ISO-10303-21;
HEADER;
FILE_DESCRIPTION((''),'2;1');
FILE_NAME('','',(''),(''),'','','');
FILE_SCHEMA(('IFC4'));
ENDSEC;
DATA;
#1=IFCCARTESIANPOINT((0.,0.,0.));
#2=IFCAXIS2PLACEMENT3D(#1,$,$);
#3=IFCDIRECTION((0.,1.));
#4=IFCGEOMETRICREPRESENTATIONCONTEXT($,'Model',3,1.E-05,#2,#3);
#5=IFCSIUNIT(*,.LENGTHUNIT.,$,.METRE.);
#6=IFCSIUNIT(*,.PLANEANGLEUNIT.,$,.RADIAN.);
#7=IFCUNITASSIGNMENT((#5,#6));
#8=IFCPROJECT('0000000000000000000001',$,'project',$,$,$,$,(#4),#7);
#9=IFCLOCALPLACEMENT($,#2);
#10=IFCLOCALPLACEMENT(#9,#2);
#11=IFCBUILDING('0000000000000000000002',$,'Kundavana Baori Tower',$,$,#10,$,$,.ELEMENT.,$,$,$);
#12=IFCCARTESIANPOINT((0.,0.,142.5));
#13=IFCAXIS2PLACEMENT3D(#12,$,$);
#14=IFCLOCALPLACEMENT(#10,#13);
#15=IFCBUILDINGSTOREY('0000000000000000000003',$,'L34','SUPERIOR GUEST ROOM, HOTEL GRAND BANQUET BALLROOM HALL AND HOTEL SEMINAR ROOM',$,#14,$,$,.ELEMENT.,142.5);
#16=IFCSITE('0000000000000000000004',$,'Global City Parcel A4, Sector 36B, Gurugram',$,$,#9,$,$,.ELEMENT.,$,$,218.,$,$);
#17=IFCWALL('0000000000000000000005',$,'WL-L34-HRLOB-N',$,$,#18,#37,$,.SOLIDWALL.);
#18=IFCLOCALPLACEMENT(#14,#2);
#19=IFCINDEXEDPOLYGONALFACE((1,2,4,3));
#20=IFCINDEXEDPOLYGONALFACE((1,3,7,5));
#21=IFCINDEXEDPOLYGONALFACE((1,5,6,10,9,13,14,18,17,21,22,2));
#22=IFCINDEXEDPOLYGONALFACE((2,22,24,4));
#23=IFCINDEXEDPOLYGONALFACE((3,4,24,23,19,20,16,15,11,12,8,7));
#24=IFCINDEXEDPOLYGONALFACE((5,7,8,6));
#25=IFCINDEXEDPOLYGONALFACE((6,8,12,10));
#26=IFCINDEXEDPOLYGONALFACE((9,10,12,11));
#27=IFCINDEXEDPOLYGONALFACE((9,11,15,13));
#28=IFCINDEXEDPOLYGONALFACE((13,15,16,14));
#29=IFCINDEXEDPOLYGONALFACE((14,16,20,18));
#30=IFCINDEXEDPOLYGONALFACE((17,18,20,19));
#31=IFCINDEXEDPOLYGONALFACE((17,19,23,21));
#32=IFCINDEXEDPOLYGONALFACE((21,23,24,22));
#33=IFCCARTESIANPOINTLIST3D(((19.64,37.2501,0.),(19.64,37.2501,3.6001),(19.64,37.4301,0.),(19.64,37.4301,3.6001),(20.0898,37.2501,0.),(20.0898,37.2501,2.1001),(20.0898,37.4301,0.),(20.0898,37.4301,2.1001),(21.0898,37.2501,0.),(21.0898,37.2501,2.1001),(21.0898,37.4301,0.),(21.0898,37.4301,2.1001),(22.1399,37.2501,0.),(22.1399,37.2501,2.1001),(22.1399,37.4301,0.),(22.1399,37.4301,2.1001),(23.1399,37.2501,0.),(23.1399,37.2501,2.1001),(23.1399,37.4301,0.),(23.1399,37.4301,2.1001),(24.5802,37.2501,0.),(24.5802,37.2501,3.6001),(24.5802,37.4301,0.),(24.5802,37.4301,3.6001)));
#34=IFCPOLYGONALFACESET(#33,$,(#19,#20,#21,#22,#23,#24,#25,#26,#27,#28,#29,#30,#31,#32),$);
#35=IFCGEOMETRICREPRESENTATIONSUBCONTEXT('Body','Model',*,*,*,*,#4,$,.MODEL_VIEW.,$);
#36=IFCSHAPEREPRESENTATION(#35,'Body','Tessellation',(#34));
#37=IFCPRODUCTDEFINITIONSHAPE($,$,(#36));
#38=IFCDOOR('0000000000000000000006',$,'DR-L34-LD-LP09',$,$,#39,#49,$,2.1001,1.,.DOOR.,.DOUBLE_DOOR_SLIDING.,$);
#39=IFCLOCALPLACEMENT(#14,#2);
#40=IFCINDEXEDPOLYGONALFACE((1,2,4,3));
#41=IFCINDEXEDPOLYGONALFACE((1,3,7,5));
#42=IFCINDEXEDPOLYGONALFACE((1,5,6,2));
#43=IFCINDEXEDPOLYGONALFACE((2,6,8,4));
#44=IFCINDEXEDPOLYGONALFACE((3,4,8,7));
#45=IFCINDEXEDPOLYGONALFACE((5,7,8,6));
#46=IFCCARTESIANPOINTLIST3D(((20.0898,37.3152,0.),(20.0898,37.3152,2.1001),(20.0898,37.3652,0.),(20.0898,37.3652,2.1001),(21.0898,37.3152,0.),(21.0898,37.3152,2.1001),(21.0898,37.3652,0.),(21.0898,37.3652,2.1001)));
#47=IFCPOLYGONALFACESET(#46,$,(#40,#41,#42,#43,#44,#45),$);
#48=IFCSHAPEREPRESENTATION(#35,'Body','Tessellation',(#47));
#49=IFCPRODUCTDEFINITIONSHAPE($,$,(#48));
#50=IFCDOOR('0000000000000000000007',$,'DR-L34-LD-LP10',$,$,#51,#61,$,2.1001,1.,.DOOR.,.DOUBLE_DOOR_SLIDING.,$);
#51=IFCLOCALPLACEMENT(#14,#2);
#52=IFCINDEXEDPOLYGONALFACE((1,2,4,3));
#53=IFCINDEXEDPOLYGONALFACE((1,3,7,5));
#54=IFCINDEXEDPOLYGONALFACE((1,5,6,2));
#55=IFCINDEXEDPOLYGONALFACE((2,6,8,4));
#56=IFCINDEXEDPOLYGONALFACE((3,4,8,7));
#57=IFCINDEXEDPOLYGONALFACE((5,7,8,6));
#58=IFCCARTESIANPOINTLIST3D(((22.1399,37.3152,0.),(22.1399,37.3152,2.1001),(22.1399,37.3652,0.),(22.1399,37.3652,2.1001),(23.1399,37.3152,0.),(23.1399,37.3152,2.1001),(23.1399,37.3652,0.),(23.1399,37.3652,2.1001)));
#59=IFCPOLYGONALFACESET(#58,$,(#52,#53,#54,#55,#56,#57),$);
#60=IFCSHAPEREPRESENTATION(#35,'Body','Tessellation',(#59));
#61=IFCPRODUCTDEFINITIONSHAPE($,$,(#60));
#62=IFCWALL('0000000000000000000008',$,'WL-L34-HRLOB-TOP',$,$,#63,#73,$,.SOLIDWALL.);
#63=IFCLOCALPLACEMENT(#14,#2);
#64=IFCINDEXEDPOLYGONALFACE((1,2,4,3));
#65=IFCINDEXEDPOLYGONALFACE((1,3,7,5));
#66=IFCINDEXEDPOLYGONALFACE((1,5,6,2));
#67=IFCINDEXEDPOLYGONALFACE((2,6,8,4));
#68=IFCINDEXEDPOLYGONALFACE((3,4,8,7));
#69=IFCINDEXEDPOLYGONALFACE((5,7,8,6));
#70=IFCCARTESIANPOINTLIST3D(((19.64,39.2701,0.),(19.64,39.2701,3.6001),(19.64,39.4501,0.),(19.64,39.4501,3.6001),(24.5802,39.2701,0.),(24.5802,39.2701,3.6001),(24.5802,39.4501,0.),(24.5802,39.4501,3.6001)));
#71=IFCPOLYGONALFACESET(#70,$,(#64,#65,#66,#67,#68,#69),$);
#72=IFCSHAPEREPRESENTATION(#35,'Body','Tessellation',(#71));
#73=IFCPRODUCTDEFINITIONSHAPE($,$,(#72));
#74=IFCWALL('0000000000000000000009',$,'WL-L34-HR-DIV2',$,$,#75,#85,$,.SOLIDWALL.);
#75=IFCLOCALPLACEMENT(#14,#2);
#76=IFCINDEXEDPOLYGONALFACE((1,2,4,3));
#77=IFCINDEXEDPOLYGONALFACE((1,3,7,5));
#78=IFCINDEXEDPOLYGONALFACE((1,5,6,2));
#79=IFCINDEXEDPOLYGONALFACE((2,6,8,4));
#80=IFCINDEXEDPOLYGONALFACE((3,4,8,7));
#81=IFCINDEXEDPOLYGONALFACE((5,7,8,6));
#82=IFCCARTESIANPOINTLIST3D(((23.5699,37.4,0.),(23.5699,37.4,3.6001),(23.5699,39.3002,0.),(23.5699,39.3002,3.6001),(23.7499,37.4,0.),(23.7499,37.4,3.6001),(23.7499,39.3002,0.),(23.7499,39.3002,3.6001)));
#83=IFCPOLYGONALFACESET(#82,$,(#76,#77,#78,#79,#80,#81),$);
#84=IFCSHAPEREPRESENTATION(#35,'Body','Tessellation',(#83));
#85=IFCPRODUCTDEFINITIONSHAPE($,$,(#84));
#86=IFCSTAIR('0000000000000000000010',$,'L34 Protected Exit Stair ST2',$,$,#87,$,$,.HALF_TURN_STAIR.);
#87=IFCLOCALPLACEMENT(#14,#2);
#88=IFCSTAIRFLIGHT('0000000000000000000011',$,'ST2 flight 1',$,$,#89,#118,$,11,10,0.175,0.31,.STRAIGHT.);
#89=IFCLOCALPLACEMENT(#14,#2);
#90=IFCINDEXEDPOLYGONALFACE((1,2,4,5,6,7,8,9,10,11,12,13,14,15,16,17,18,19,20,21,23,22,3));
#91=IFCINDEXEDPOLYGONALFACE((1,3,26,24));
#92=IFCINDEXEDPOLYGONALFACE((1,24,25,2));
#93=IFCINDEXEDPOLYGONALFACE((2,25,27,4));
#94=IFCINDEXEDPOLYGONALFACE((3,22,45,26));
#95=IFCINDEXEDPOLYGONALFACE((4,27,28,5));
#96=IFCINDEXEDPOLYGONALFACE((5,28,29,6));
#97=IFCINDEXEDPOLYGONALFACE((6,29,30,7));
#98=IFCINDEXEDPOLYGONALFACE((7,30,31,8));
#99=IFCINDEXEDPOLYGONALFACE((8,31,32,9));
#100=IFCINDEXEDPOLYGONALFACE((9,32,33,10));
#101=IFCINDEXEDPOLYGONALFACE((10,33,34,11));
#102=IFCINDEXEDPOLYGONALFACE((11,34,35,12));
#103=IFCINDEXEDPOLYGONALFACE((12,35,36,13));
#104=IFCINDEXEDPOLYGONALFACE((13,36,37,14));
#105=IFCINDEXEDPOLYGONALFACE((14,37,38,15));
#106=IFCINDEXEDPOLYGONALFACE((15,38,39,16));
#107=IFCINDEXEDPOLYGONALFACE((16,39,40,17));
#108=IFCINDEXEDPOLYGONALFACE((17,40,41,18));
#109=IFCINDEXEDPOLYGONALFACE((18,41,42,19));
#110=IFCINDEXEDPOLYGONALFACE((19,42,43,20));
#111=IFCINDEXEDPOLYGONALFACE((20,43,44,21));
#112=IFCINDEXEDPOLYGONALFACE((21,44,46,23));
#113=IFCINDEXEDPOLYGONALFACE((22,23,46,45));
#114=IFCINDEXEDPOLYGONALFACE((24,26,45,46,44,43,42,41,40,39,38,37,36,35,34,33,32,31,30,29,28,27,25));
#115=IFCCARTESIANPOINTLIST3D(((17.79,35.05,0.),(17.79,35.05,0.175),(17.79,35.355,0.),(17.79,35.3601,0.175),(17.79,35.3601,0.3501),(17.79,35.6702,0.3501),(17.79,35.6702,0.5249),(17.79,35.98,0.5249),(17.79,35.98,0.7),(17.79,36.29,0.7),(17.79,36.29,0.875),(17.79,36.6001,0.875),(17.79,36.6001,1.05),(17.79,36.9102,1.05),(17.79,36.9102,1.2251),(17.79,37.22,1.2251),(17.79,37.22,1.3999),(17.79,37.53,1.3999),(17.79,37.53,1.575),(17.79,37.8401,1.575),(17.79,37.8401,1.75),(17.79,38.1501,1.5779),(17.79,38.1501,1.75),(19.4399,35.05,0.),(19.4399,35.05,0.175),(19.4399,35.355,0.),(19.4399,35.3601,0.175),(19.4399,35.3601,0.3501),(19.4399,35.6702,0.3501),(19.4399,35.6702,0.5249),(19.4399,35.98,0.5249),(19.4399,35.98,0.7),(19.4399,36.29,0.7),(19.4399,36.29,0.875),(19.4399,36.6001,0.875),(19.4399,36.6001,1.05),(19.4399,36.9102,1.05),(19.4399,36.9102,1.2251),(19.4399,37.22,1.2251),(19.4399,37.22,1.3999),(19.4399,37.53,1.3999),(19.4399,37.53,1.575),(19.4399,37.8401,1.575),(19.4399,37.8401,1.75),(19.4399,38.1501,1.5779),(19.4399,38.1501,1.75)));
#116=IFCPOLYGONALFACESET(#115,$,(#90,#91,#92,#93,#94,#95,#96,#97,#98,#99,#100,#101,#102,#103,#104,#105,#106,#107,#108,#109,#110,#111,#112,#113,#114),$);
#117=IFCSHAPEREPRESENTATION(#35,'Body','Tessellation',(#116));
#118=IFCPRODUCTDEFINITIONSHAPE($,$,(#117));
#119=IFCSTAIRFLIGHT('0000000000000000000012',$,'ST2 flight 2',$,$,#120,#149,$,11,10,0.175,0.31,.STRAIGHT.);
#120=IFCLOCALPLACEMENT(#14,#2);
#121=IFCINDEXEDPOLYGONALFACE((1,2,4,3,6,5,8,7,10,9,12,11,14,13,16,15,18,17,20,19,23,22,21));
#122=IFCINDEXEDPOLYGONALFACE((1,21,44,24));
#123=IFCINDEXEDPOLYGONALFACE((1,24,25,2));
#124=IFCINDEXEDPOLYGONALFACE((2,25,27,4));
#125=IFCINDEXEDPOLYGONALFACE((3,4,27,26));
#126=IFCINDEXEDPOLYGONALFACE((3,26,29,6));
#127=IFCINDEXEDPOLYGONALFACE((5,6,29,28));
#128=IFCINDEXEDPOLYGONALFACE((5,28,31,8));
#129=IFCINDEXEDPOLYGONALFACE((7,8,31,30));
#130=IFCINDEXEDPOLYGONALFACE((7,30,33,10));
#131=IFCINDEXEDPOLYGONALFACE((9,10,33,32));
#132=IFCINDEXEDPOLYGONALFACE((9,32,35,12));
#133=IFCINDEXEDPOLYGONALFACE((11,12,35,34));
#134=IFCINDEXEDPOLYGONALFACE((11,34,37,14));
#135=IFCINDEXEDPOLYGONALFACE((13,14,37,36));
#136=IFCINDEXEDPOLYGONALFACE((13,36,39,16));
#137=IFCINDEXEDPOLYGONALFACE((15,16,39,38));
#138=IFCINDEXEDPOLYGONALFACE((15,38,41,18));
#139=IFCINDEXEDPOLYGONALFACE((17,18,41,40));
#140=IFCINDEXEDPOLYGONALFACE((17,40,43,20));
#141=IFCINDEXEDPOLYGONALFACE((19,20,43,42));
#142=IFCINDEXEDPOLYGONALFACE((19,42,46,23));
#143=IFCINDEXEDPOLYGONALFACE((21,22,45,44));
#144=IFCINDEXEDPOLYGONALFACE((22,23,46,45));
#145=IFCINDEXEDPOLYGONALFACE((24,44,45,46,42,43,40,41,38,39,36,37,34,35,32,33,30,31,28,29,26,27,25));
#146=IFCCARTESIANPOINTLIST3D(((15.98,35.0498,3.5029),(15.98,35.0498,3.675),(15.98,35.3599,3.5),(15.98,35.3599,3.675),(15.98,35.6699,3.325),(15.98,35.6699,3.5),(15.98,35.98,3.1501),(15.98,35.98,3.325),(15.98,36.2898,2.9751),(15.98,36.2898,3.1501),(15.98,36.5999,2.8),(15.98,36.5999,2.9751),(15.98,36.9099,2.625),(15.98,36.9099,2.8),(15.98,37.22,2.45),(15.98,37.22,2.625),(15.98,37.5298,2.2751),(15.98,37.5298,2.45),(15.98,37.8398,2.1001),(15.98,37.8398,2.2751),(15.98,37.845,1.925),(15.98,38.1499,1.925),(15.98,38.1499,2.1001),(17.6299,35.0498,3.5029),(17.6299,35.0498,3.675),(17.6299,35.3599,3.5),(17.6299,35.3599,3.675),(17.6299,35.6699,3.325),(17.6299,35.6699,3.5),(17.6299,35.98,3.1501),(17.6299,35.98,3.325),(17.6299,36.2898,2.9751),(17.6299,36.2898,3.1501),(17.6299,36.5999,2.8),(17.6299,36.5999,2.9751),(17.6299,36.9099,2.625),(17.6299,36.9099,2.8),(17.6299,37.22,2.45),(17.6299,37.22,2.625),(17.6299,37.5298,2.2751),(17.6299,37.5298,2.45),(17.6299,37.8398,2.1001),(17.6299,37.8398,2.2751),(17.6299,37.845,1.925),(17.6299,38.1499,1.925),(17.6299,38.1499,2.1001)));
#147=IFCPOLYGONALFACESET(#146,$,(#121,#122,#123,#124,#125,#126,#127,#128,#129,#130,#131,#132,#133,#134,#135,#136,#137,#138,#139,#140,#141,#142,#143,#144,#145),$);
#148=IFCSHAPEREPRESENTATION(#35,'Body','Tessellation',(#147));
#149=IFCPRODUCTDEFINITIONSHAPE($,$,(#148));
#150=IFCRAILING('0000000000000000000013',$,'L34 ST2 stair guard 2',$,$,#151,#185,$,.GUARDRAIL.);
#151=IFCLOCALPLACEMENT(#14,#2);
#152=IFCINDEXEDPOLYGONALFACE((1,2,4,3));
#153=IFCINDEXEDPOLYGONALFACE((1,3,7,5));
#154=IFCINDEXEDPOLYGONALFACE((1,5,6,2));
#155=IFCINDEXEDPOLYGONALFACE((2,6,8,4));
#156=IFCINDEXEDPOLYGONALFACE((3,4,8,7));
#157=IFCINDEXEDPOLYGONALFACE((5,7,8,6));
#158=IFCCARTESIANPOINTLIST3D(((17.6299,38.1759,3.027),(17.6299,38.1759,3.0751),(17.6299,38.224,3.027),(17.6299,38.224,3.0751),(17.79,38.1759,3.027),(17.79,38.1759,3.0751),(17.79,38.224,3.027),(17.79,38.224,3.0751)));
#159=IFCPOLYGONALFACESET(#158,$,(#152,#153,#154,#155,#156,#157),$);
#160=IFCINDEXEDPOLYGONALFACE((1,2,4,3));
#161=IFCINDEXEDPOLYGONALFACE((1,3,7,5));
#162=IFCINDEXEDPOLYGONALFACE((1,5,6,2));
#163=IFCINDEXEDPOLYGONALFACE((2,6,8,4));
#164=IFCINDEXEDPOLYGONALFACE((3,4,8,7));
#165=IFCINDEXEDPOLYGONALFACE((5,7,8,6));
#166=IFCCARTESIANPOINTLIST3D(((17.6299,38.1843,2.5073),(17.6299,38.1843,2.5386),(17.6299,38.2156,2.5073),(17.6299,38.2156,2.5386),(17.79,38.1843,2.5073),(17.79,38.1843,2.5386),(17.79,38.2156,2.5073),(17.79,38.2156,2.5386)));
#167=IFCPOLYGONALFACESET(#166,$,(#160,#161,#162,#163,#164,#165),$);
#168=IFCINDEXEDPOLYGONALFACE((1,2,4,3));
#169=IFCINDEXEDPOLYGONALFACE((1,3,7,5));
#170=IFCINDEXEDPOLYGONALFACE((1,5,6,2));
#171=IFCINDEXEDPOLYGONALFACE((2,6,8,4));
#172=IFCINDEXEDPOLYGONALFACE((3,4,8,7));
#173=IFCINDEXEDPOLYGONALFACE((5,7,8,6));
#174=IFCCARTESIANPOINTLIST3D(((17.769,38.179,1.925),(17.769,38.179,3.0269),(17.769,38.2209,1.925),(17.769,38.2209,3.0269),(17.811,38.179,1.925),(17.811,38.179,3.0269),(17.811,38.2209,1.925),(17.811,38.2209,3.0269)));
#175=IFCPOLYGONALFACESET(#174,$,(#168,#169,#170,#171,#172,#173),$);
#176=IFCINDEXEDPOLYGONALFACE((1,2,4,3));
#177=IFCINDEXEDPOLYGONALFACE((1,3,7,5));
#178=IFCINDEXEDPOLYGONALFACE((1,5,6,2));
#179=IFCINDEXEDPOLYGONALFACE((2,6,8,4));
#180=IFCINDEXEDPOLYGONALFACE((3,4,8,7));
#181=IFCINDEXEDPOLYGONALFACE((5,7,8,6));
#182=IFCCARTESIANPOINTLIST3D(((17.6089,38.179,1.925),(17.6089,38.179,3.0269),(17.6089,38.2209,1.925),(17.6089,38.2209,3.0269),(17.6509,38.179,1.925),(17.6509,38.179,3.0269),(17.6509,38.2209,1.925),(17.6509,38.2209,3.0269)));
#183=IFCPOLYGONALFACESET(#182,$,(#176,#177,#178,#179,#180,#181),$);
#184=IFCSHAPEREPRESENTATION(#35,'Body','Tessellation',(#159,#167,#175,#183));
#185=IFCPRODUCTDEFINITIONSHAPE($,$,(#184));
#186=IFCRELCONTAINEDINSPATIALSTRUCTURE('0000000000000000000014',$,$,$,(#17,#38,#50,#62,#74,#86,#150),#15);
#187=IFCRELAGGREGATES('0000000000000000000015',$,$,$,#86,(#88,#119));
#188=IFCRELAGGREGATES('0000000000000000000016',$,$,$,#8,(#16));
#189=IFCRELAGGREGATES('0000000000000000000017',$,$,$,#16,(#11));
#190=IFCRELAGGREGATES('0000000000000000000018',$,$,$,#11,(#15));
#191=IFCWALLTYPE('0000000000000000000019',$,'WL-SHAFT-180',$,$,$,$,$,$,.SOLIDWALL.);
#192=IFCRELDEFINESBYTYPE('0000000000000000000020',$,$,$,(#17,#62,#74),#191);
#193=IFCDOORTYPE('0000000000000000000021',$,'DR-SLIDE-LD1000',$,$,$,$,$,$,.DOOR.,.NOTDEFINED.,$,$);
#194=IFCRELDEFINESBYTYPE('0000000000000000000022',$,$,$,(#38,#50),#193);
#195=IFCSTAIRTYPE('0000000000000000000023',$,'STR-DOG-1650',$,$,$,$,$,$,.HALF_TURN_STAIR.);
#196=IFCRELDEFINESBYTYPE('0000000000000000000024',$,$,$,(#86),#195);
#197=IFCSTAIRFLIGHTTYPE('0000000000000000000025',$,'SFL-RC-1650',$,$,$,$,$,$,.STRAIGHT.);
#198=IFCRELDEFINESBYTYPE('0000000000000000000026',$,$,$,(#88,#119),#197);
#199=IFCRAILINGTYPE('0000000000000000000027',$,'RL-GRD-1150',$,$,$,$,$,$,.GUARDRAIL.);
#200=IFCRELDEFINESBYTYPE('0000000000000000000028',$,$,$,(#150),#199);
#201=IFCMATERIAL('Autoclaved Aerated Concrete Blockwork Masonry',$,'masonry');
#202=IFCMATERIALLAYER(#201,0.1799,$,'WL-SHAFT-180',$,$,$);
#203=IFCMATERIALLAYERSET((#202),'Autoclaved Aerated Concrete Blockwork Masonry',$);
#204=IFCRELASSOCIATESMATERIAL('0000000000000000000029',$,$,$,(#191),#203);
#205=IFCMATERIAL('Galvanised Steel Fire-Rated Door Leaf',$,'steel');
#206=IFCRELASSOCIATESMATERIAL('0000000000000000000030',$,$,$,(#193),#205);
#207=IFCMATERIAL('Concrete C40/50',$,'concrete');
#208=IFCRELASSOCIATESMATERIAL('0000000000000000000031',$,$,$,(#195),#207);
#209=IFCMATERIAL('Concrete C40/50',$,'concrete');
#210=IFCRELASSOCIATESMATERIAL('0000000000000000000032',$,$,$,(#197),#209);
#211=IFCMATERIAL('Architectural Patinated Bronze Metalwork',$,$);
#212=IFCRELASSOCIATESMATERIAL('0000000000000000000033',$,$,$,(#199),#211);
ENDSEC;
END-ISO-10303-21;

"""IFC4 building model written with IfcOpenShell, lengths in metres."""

from ifc_helpers import new_model, si_unit, direction, frame, frame_2d, origin, origin_2d, place, context, subcontext, project, spatial, polyline, rectangle, outline, extrude, material, layer, layer_set, type_object, element, fill, aggregate, save


model = new_model("IFC4")

# Units and contexts
model_context = context("Model", 3, precision=1e-05, world=origin(), true_north=direction((0.0, 1.0)))
body_context = subcontext(model_context, "Body", "Model", "MODEL_VIEW")
ifc_project = project(units=[si_unit("LENGTHUNIT", "METRE"), si_unit("PLANEANGLEUNIT", "RADIAN")], contexts=[model_context])

# Site, building, storey
site_placement = place(None, origin())
site = spatial("IfcSite", under=ifc_project, at=site_placement, Name="Global City Parcel A4, Sector 36B, Gurugram", CompositionType="ELEMENT", RefElevation=218.0)
building_placement = place(site_placement, origin())
building = spatial("IfcBuilding", under=site, at=building_placement, Name="Kundavana Baori Tower", CompositionType="ELEMENT")
storey_placement = place(building_placement, frame((0.0, 0.0, 142.5)))
storey = spatial("IfcBuildingStorey", under=building, at=storey_placement, Name="L34", Description="SUPERIOR GUEST ROOM, HOTEL GRAND BANQUET BALLROOM HALL AND HOTEL SEMINAR ROOM", CompositionType="ELEMENT", Elevation=142.5)

# Shared definitions
ifc_material_1 = material(Name="Autoclaved Aerated Concrete Blockwork Masonry", Category="masonry")
ifc_layer_1 = layer(ifc_material_1, 0.1799, Name="WL-SHAFT-180")
ifc_layer_set_1 = layer_set([ifc_layer_1], Name="Autoclaved Aerated Concrete Blockwork Masonry")
wall_type_1 = type_object("IfcWallType", Name="WL-SHAFT-180", PredefinedType="SOLIDWALL", material=ifc_layer_set_1)
ifc_material_2 = material(Name="Galvanised Steel Fire-Rated Door Leaf", Category="steel")
door_type_1 = type_object("IfcDoorType", Name="DR-SLIDE-LD1000", OperationType="NOTDEFINED", PredefinedType="DOOR", material=ifc_material_2)

# Wall, openings, doors
wall_1_placement = place(storey_placement, frame((19.6399, 37.3401, 0.0), z_axis=(0.0, 0.0, 1.0), x_axis=(1.0, 0.0, 0.0)))
wall_1 = element("IfcWall", 1, at=wall_1_placement, inside=storey, type_object=wall_type_1, Name="WL-L34-HRLOB-N", PredefinedType="SOLIDWALL", context=body_context, shape_type="SweptSolid", body=[
    extrude(rectangle(XDim=4.9402, YDim=0.1799, at=frame_2d((2.4702, 0.0))), origin(), (0.0, 0.0, 1.0), 3.6001),
])
opening_1_placement = place(wall_1_placement, frame((0.45, 0.0, 0.0)))
opening_1 = element("IfcOpeningElement", 2, at=opening_1_placement, cuts=wall_1, PredefinedType="OPENING", context=body_context, shape_type="SweptSolid", body=[
    extrude(rectangle(XDim=1.0, YDim=2.1001, at=frame_2d((0.5, 1.05))), frame((0.0, 0.1001, 0.0), z_axis=(0.0, -1.0, 0.0), x_axis=(1.0, 0.0, 0.0)), (0.0, 0.0, 1.0), 0.2),
])
opening_2_placement = place(wall_1_placement, frame((2.5, 0.0, 0.0)))
opening_2 = element("IfcOpeningElement", 3, at=opening_2_placement, cuts=wall_1, PredefinedType="OPENING", context=body_context, shape_type="SweptSolid", body=[
    extrude(rectangle(XDim=1.0, YDim=2.1001, at=frame_2d((0.5, 1.05))), frame((0.0, 0.1001, 0.0), z_axis=(0.0, -1.0, 0.0), x_axis=(1.0, 0.0, 0.0)), (0.0, 0.0, 1.0), 0.2),
])
door_1_placement = place(opening_1_placement, frame((1.0, 0.0, 0.0), z_axis=(0.0, 0.0, 1.0), x_axis=(-1.0, 0.0, 0.0)))
door_1 = element("IfcDoor", 4, at=door_1_placement, inside=storey, type_object=door_type_1, Name="DR-L34-LD-LP09", OperationType="DOUBLE_DOOR_SLIDING", OverallHeight=2.1001, OverallWidth=1.0, PredefinedType="DOOR", context=body_context, shape_type="SweptSolid", body=[
    extrude(rectangle(XDim=1.0, YDim=2.1001, at=frame_2d((0.5, 1.05))), frame((0.0, 0.0249, 0.0), z_axis=(0.0, -1.0, 0.0), x_axis=(1.0, 0.0, 0.0)), (0.0, 0.0, 1.0), 0.05),
])
fill(opening_1, door_1)
door_2_placement = place(opening_2_placement, frame((1.0, 0.0, 0.0), z_axis=(0.0, 0.0, 1.0), x_axis=(-1.0, 0.0, 0.0)))
door_2 = element("IfcDoor", 5, at=door_2_placement, inside=storey, type_object=door_type_1, Name="DR-L34-LD-LP10", OperationType="DOUBLE_DOOR_SLIDING", OverallHeight=2.1001, OverallWidth=1.0, PredefinedType="DOOR", context=body_context, shape_type="SweptSolid", body=[
    extrude(rectangle(XDim=1.0, YDim=2.1001, at=frame_2d((0.5, 1.05))), frame((0.0, 0.0249, 0.0), z_axis=(0.0, -1.0, 0.0), x_axis=(1.0, 0.0, 0.0)), (0.0, 0.0, 1.0), 0.05),
])
fill(opening_2, door_2)

# Walls
wall_2_placement = place(storey_placement, frame((19.6399, 39.3601, 0.0), z_axis=(0.0, 0.0, 1.0), x_axis=(1.0, 0.0, 0.0)))
element("IfcWall", 6, at=wall_2_placement, inside=storey, type_object=wall_type_1, Name="WL-L34-HRLOB-TOP", PredefinedType="SOLIDWALL", context=body_context, shape_type="SweptSolid", body=[
    extrude(rectangle(XDim=4.9402, YDim=0.1799, at=frame_2d((2.4702, 0.0))), origin(), (0.0, 0.0, 1.0), 3.6001),
])
wall_3_placement = place(storey_placement, frame((23.6599, 37.3999, 0.0), z_axis=(0.0, 0.0, 1.0), x_axis=(0.0, 1.0, 0.0)))
element("IfcWall", 7, at=wall_3_placement, inside=storey, type_object=wall_type_1, Name="WL-L34-HR-DIV2", PredefinedType="SOLIDWALL", context=body_context, shape_type="SweptSolid", body=[
    extrude(rectangle(XDim=1.9001, YDim=0.1799, at=frame_2d((0.9502, 0.0))), origin(), (0.0, 0.0, 1.0), 3.6001),
])

# Stair, stair flights
ifc_material_3 = material(Name="Concrete C40/50", Category="concrete")
stair_type = type_object("IfcStairType", Name="STR-DOG-1650", PredefinedType="HALF_TURN_STAIR", material=ifc_material_3)
stair_placement = place(storey_placement, origin())
stair = element("IfcStair", 8, at=stair_placement, inside=storey, type_object=stair_type, Name="L34 Protected Exit Stair ST2", PredefinedType="HALF_TURN_STAIR")
ifc_material_4 = material(Name="Concrete C40/50", Category="concrete")
stair_flight_type = type_object("IfcStairFlightType", Name="SFL-RC-1650", PredefinedType="STRAIGHT", material=ifc_material_4)
stair_flight_1_placement = place(storey_placement, frame((18.615, 35.05, 0.0), z_axis=(0.0, 0.0, 1.0), x_axis=(0.0, 1.0, 0.0)))
stair_flight_1 = element("IfcStairFlight", 9, at=stair_flight_1_placement, type_object=stair_flight_type, Name="ST2 flight 1", NumberOfRisers=11, NumberOfTreads=10, PredefinedType="STRAIGHT", RiserHeight=0.175, TreadLength=0.31, context=body_context, shape_type="SweptSolid", body=[
    extrude(outline(polyline([(0.0, 0.0), (0.0, 0.175), (0.3101, 0.175), (0.3101, 0.3501), (0.6201, 0.3501), (0.6201, 0.5249), (0.9299, 0.5249), (0.9299, 0.7), (1.24, 0.7), (1.24, 0.875), (1.55, 0.875), (1.55, 1.05), (1.8601, 1.05), (1.8601, 1.2251), (2.1699, 1.2251), (2.1699, 1.3999), (2.48, 1.3999), (2.48, 1.575), (2.79, 1.575), (2.79, 1.75), (3.1001, 1.75), (3.1001, 1.925), (3.1001, 1.5779), (0.3049, 0.0), (0.0, 0.0)])), frame((0.0, 0.825, 0.0), z_axis=(0.0, -1.0, 0.0), x_axis=(1.0, 0.0, 0.0)), (0.0, 0.0, 1.0), 1.6499),
])
stair_flight_2_placement = place(storey_placement, frame((16.8049, 38.1499, 1.925), z_axis=(0.0, 0.0, 1.0), x_axis=(0.0, -1.0, 0.0)))
stair_flight_2 = element("IfcStairFlight", 10, at=stair_flight_2_placement, type_object=stair_flight_type, Name="ST2 flight 2", NumberOfRisers=11, NumberOfTreads=10, PredefinedType="STRAIGHT", RiserHeight=0.175, TreadLength=0.31, context=body_context, shape_type="SweptSolid", body=[
    extrude(outline(polyline([(0.0, 0.0), (0.0, 0.175), (0.3101, 0.175), (0.3101, 0.3501), (0.6201, 0.3501), (0.6201, 0.5249), (0.9299, 0.5249), (0.9299, 0.7), (1.24, 0.7), (1.24, 0.875), (1.55, 0.875), (1.55, 1.05), (1.8601, 1.05), (1.8601, 1.2251), (2.1699, 1.2251), (2.1699, 1.3999), (2.48, 1.3999), (2.48, 1.575), (2.79, 1.575), (2.79, 1.75), (3.1001, 1.75), (3.1001, 1.925), (3.1001, 1.5779), (0.3049, 0.0), (0.0, 0.0)])), frame((0.0, 0.825, 0.0), z_axis=(0.0, -1.0, 0.0), x_axis=(1.0, 0.0, 0.0)), (0.0, 0.0, 1.0), 1.6499),
])
aggregate(stair, [stair_flight_1, stair_flight_2])

# Railing
ifc_material_5 = material(Name="Architectural Patinated Bronze Metalwork")
railing_type_1 = type_object("IfcRailingType", Name="RL-GRD-1150", PredefinedType="GUARDRAIL", material=ifc_material_5)
railing_1_placement = place(storey_placement, frame((17.79, 38.2, 1.925)))
element("IfcRailing", 11, at=railing_1_placement, inside=storey, type_object=railing_type_1, Name="L34 ST2 stair guard 2", PredefinedType="GUARDRAIL", context=body_context, shape_type="SweptSolid", body=[
    extrude(rectangle(XDim=0.0481, YDim=0.0481, at=origin_2d()), frame((0.0, 0.0, 1.126), z_axis=(-1.0, 0.0, 0.0), x_axis=(0.0, -1.0, 0.0)), (0.0, 0.0, 1.0), 0.1602),
    extrude(rectangle(XDim=0.0312, YDim=0.0312, at=origin_2d()), frame((0.0, 0.0, 0.5979), z_axis=(-1.0, 0.0, 0.0), x_axis=(0.0, -1.0, 0.0)), (0.0, 0.0, 1.0), 0.1602),
    extrude(rectangle(XDim=0.042, YDim=0.042, at=origin_2d()), origin(), (0.0, 0.0, 1.0), 1.1018),
    extrude(rectangle(XDim=0.042, YDim=0.042, at=origin_2d()), frame((-0.1602, 0.0, 0.0)), (0.0, 0.0, 1.0), 1.1018),
])

save(model, "model.ifc")
